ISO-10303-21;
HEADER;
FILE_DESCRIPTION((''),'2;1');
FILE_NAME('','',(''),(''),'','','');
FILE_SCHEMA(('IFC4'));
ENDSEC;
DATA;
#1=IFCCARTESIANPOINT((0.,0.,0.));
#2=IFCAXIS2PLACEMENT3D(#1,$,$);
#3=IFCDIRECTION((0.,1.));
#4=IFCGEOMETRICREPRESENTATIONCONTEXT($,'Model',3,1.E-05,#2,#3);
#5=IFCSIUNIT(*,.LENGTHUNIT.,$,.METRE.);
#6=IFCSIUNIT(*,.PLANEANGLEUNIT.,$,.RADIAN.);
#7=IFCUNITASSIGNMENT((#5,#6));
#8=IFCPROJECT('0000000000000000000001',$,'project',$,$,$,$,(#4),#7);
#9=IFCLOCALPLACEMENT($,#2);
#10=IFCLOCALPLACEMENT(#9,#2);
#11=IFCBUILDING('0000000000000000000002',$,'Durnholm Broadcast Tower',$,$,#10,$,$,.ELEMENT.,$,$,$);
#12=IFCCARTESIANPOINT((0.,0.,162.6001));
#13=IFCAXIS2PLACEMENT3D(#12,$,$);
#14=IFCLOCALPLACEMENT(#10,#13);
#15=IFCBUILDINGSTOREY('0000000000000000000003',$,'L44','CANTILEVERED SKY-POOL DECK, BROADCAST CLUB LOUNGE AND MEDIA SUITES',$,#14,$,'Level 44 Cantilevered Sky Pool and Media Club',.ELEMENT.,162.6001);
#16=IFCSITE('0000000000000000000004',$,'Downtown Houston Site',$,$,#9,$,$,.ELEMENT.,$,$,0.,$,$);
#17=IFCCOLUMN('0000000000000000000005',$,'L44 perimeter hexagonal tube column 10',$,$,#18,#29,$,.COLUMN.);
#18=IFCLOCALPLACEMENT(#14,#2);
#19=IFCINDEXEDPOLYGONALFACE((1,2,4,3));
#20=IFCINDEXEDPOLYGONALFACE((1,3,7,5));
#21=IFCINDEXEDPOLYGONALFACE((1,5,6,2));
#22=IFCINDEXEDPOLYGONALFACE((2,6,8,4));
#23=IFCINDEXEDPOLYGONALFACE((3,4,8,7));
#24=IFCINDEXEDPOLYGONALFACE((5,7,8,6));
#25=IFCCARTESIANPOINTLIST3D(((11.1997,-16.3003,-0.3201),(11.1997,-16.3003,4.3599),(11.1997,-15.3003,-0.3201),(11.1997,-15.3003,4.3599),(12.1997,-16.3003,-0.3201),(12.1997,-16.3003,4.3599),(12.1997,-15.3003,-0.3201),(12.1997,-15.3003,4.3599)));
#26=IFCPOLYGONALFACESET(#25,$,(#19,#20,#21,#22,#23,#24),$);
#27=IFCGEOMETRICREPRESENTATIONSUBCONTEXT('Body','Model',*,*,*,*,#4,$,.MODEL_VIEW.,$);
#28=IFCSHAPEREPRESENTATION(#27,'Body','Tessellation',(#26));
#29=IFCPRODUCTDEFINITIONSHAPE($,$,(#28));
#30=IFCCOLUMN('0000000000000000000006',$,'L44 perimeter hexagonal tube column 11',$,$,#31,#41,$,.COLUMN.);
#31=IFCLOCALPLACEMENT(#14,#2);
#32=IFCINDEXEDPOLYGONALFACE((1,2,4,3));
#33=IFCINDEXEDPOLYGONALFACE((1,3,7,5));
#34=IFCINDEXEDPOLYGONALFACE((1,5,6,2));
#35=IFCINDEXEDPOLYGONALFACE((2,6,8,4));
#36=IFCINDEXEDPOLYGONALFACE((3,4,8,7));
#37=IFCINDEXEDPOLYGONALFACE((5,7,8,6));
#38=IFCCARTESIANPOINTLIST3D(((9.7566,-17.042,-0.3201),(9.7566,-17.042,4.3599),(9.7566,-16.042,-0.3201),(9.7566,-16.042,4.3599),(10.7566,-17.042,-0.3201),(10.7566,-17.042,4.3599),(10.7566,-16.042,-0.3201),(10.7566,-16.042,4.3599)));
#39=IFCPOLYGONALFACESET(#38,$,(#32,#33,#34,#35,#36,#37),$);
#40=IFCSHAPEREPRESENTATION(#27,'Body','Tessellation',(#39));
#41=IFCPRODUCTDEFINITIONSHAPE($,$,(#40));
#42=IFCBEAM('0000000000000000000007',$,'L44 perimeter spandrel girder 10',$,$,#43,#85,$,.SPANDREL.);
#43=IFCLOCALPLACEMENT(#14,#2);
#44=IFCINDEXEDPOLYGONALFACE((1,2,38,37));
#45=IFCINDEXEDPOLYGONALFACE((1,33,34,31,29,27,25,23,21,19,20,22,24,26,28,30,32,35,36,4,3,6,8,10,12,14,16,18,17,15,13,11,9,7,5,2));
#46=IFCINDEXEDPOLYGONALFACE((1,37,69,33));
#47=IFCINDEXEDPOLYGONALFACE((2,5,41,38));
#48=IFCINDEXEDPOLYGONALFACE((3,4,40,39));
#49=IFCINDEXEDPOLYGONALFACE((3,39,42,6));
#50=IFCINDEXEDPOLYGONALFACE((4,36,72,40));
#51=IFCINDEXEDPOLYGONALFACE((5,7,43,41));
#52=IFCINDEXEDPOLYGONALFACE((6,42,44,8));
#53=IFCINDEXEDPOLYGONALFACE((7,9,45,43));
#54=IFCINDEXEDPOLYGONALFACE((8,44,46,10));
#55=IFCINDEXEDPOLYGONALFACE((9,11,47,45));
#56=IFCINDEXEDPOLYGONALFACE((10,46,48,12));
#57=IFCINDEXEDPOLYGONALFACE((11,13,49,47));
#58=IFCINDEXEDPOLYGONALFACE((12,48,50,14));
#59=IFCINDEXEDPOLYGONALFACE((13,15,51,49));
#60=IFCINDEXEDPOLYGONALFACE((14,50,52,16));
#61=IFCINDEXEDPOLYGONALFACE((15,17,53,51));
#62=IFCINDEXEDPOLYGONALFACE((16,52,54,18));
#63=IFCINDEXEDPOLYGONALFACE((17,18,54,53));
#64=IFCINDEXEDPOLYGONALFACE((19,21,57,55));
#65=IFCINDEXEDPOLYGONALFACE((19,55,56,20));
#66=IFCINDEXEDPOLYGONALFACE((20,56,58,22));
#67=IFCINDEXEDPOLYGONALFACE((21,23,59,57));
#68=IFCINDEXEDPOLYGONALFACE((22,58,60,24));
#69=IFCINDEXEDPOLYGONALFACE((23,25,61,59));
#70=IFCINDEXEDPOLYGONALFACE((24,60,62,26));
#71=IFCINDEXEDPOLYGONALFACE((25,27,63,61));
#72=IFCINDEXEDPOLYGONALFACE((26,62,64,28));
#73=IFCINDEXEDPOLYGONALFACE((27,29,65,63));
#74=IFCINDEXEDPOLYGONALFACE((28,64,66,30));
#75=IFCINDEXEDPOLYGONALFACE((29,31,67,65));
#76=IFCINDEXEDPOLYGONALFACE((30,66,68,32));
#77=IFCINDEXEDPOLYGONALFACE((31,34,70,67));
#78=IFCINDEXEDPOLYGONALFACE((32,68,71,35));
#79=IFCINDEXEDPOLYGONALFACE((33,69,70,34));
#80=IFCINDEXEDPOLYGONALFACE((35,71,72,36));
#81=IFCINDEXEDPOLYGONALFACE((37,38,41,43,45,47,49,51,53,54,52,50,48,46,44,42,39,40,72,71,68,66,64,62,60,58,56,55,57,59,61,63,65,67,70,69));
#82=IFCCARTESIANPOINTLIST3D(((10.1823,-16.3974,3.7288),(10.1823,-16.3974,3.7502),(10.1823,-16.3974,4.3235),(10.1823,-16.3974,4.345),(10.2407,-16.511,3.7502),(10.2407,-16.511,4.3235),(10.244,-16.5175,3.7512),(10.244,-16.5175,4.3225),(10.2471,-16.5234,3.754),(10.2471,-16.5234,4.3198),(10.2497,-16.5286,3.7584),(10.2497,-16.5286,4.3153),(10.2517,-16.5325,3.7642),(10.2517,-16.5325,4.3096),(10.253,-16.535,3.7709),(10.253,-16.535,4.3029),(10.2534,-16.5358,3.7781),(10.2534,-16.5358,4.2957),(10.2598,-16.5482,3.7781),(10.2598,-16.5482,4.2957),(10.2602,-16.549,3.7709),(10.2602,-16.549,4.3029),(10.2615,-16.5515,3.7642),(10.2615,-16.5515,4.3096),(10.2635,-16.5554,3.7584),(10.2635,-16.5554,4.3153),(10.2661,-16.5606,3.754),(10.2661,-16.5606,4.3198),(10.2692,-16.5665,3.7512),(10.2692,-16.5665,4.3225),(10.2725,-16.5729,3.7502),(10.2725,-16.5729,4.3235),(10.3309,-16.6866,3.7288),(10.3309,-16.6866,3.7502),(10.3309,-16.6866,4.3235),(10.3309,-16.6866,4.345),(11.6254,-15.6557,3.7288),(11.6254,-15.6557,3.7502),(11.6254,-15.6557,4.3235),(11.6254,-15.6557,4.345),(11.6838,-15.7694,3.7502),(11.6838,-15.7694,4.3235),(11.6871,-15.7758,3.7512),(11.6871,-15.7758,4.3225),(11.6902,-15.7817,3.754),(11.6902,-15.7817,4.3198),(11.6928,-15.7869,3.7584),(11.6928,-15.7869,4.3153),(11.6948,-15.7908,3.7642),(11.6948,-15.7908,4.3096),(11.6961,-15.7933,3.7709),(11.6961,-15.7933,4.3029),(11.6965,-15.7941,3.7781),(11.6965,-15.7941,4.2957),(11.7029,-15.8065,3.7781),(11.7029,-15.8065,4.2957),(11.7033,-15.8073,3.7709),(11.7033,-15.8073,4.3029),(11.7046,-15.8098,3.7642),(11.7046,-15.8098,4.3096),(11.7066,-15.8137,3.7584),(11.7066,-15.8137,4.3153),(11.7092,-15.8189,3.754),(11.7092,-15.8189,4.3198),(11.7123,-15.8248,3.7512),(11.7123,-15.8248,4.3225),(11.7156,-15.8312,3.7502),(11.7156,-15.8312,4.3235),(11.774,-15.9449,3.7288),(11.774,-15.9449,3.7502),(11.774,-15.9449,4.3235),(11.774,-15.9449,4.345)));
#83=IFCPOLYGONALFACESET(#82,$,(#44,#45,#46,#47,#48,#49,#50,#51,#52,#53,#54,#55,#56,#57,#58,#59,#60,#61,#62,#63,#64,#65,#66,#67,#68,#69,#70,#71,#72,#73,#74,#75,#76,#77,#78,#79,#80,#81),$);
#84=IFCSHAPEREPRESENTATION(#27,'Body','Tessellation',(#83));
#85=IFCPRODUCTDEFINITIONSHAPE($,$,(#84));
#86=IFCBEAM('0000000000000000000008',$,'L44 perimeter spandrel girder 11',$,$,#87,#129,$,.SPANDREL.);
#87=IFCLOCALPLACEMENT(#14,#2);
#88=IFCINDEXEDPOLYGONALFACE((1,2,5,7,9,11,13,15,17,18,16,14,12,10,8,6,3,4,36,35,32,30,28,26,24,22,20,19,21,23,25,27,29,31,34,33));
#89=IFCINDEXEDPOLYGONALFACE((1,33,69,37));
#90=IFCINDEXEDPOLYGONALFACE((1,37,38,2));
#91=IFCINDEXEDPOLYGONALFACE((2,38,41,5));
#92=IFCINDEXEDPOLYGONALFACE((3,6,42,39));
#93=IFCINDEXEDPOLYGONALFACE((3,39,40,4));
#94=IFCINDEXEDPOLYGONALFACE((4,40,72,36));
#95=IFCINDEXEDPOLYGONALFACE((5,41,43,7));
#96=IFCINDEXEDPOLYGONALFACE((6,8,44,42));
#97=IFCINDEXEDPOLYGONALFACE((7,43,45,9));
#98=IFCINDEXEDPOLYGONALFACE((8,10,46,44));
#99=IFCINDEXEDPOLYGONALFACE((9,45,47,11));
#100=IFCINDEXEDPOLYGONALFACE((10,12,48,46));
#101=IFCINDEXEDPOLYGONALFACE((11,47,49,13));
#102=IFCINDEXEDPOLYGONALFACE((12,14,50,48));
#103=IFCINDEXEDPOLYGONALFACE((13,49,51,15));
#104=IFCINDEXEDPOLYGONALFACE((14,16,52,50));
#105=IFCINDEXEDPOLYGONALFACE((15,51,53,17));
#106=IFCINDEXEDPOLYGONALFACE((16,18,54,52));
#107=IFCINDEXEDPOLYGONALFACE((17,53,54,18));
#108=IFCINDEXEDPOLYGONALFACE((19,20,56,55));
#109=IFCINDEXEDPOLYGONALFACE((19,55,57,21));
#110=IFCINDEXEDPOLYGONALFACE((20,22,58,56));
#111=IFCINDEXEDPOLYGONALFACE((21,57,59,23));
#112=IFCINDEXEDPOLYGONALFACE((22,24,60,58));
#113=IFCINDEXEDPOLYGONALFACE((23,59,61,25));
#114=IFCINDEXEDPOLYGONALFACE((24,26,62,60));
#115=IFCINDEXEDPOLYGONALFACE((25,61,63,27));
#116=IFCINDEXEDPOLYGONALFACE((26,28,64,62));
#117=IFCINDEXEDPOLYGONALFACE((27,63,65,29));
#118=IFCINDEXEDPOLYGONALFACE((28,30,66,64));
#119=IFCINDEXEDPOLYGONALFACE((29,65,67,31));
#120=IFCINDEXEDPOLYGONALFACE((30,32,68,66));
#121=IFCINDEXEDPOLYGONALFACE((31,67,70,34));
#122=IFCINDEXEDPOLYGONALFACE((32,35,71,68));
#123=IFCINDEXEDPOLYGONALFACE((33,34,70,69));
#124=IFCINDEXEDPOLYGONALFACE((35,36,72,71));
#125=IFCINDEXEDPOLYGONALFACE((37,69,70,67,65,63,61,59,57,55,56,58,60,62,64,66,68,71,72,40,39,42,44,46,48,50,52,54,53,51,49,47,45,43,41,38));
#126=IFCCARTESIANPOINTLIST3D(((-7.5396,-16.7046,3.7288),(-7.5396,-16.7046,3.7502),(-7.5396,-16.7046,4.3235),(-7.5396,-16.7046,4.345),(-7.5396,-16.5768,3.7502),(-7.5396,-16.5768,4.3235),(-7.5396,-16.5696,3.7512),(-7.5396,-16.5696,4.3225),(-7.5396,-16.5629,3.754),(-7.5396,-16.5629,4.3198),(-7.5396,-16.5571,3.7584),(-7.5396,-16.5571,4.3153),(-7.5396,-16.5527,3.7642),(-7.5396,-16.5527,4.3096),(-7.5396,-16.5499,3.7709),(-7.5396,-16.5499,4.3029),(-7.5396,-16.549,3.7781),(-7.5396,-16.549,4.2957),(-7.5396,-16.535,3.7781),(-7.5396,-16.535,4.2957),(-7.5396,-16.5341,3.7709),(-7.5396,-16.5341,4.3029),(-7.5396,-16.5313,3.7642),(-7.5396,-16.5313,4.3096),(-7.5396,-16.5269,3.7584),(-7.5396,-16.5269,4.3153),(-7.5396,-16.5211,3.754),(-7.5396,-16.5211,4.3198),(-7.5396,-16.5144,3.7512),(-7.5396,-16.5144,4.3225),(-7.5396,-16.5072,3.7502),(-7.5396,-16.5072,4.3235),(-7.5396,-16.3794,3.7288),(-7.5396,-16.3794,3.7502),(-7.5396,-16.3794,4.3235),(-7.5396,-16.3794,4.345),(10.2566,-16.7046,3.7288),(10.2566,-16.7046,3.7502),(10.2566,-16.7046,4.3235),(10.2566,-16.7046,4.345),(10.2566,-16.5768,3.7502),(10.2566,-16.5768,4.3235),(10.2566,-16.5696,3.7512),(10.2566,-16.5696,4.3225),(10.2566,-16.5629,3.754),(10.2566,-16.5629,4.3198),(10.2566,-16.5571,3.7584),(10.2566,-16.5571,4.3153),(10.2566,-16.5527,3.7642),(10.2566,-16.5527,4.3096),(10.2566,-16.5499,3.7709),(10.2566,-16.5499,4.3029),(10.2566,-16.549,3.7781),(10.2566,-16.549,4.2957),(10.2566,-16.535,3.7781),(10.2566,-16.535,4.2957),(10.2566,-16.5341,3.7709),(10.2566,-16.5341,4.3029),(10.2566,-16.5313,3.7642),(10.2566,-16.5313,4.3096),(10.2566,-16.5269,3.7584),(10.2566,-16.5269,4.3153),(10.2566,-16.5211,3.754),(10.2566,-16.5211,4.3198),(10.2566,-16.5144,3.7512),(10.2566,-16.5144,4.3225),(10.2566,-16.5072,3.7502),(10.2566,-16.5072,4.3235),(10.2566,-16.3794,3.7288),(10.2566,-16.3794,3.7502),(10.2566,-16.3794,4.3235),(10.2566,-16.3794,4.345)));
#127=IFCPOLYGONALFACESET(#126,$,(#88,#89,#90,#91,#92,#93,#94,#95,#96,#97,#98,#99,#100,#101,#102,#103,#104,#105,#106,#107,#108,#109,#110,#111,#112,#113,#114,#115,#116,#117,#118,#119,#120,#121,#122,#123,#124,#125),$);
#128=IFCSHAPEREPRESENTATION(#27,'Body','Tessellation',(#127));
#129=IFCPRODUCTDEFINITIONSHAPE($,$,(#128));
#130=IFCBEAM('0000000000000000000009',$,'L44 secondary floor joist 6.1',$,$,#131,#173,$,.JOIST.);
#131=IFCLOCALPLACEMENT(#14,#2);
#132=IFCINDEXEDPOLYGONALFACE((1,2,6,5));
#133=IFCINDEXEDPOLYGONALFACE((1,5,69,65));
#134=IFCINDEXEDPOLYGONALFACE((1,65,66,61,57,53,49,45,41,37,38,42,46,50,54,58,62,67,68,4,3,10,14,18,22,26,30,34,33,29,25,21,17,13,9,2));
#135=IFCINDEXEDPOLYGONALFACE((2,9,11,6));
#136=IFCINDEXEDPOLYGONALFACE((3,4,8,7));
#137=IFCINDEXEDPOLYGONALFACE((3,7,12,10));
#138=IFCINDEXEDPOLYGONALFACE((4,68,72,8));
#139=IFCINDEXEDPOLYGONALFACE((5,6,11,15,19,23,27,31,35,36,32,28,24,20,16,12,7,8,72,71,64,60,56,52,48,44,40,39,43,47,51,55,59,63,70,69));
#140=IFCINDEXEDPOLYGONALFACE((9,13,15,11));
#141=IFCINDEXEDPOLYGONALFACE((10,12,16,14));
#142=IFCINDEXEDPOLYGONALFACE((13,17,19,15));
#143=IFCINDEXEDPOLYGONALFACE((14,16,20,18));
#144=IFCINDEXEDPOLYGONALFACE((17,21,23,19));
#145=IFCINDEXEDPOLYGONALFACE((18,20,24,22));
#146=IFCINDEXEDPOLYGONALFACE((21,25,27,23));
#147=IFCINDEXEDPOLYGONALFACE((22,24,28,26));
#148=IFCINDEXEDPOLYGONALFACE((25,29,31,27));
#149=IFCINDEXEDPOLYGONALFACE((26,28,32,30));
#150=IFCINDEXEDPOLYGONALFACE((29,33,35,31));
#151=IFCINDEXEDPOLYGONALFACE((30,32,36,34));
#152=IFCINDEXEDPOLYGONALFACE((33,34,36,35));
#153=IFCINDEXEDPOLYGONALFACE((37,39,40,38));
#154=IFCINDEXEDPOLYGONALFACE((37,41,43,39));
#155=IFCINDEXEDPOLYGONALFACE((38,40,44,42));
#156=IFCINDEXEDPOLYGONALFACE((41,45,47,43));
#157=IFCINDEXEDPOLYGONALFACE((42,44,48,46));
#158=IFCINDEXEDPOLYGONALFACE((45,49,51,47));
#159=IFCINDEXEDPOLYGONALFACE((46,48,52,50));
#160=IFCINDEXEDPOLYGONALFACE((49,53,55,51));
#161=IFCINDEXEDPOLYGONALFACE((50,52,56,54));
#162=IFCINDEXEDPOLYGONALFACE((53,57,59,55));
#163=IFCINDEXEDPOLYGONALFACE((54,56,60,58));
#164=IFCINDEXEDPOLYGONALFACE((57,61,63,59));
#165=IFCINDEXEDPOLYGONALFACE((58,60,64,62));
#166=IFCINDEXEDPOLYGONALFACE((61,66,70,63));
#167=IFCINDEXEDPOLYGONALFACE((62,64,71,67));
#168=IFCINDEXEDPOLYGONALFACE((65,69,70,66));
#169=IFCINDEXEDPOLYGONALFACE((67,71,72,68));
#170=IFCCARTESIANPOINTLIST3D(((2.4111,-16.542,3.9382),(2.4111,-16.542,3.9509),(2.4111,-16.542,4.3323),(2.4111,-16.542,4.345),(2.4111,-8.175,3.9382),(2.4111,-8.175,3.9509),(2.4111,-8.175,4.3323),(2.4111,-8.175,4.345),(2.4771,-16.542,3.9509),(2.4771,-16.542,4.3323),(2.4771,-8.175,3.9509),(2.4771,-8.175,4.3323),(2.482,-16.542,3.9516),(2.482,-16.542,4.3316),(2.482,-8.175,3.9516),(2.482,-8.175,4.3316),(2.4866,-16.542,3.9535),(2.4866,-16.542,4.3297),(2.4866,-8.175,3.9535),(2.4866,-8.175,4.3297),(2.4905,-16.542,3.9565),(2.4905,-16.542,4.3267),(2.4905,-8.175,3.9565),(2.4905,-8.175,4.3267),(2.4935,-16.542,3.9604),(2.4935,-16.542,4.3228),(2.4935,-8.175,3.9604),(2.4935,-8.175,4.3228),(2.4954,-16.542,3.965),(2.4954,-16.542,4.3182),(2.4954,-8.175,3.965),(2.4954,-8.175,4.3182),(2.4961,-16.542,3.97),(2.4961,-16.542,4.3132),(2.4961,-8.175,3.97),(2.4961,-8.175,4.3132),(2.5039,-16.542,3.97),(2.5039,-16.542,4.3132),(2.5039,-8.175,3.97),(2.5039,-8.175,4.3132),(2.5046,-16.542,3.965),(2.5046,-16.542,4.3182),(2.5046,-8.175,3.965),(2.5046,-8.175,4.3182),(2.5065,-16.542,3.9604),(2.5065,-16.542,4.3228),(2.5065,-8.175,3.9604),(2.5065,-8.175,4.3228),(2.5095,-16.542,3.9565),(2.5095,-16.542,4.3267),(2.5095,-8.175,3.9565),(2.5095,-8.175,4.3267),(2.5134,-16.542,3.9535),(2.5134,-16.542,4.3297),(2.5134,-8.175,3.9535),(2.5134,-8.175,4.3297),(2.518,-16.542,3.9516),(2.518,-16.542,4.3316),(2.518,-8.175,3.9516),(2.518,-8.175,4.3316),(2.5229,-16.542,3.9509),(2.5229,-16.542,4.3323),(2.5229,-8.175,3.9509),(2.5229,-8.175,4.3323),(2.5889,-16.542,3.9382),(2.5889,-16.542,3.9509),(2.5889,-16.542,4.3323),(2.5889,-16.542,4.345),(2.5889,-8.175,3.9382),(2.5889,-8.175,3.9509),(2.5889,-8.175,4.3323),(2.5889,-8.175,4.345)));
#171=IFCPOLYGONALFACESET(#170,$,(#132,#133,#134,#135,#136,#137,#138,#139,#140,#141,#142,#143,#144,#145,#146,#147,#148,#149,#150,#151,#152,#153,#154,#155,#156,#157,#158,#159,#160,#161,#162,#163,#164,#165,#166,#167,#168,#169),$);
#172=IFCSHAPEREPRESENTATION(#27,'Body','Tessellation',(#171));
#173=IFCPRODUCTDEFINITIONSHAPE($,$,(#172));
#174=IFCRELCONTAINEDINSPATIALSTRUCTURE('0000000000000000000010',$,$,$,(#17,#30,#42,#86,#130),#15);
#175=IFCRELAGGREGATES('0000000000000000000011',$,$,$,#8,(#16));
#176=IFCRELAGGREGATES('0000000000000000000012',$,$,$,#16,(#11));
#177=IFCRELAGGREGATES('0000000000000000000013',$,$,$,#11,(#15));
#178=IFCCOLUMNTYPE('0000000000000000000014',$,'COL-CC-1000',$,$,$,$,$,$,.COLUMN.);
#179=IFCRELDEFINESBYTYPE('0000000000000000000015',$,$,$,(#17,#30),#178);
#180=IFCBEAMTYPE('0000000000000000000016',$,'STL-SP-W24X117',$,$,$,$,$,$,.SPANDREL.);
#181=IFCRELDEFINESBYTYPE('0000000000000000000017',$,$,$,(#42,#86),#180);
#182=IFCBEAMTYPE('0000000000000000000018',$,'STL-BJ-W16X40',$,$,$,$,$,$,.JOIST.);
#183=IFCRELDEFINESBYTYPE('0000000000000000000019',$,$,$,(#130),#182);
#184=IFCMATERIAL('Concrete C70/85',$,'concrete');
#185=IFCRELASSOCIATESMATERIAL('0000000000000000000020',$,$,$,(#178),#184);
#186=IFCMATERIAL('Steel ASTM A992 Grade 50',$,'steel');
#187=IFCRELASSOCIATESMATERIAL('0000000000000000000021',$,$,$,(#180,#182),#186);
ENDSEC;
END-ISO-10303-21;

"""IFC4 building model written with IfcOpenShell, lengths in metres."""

from ifc_helpers import new_model, si_unit, direction, frame, origin, origin_2d, place, context, subcontext, project, spatial, rectangle, i_section, extrude, source, transform, mapped, material, material_profile, profile_set, type_object, type_shapes, element, save


model = new_model("IFC4")

# Units and contexts
model_context = context("Model", 3, precision=1e-05, world=origin(), true_north=direction((0.0, 1.0)))
body_context = subcontext(model_context, "Body", "Model", "MODEL_VIEW")
ifc_project = project(units=[si_unit("LENGTHUNIT", "METRE"), si_unit("PLANEANGLEUNIT", "RADIAN")], contexts=[model_context])

# Site, building, storey
site_placement = place(None, origin())
site = spatial("IfcSite", under=ifc_project, at=site_placement, Name="Downtown Houston Site", CompositionType="ELEMENT", RefElevation=0.0)
building_placement = place(site_placement, origin())
building = spatial("IfcBuilding", under=site, at=building_placement, Name="Durnholm Broadcast Tower", CompositionType="ELEMENT")
storey_placement = place(building_placement, frame((0.0, 0.0, 162.6001)))
storey = spatial("IfcBuildingStorey", under=building, at=storey_placement, Name="L44", Description="CANTILEVERED SKY-POOL DECK, BROADCAST CLUB LOUNGE AND MEDIA SUITES", LongName="Level 44 Cantilevered Sky Pool and Media Club", CompositionType="ELEMENT", Elevation=162.6001)

# Columns
ifc_material_1 = material(Name="Concrete C70/85", Category="concrete")
ifc_material_profile_1 = material_profile(ifc_material_1, rectangle(XDim=1.0, YDim=1.0, at=origin_2d()), Name="RC1000X1000")
ifc_profile_set_1 = profile_set([ifc_material_profile_1], Name="Concrete C70/85")
column_type = type_object("IfcColumnType", Name="COL-CC-1000", PredefinedType="COLUMN", material=ifc_profile_set_1)
shared_shape_1 = source(origin(), body_context, "Body", "SweptSolid", [
    extrude(rectangle(XDim=1.0, YDim=1.0, at=origin_2d()), origin(), (0.0, 0.0, 1.0), 4.6799),
])
type_shapes(column_type, [shared_shape_1])
for number, where, z_axis, x_axis, name in (
    (1, (11.6997, -15.8003, -0.3201), (0.0, 0.0, 1.0), (1.0, 0.0, 0.0), "L44 perimeter hexagonal tube column 10"),
    (2, (10.2566, -16.542, -0.3201), (0.0, 0.0, 1.0), (1.0, 0.0, 0.0), "L44 perimeter hexagonal tube column 11"),
):
    element("IfcColumn", number, at=place(storey_placement, frame(where, z_axis=z_axis, x_axis=x_axis)), inside=storey, type_object=column_type, Name=name, PredefinedType="COLUMN", context=body_context, shape_type="MappedRepresentation", body=[
        mapped(shared_shape_1, transform((0.0, 0.0, 0.0), x_axis=(1.0, 0.0, 0.0), y_axis=(0.0, 1.0, 0.0), z_axis=(0.0, 0.0, 1.0), scale=1.0)),
    ])

# Beams
ifc_material_2 = material(Name="Steel ASTM A992 Grade 50", Category="steel")
ifc_material_profile_2 = material_profile(ifc_material_2, i_section(OverallWidth=0.3252, OverallDepth=0.6162, WebThickness=0.0139, FlangeThickness=0.0215, FilletRadius=0.0278, at=origin_2d()), Name="W24X117")
ifc_profile_set_2 = profile_set([ifc_material_profile_2], Name="Steel ASTM A992 Grade 50")
beam_type_1 = type_object("IfcBeamType", Name="STL-SP-W24X117", PredefinedType="SPANDREL", material=ifc_profile_set_2)
shared_shape_2 = source(origin(), body_context, "Body", "SweptSolid", [
    extrude(i_section(OverallWidth=0.3252, OverallDepth=0.6162, WebThickness=0.0139, FlangeThickness=0.0215, FilletRadius=0.0278, at=origin_2d()), origin(), (0.0, 0.0, 1.0), 1.6226),
])
beam_1_placement = place(storey_placement, frame((11.6997, -15.8003, 4.0369), z_axis=(-0.889407, -0.457117, 0.0), x_axis=(0.457117, -0.889407, 0.0)))
element("IfcBeam", 3, at=beam_1_placement, inside=storey, type_object=beam_type_1, Name="L44 perimeter spandrel girder 10", PredefinedType="SPANDREL", context=body_context, shape_type="MappedRepresentation", body=[
    mapped(shared_shape_2, transform((0.0, 0.0, 0.0), x_axis=(1.0, 0.0, 0.0), y_axis=(0.0, 1.0, 0.0), z_axis=(0.0, 0.0, 1.0), scale=1.0)),
])
shared_shape_3 = source(origin(), body_context, "Body", "SweptSolid", [
    extrude(i_section(OverallWidth=0.3252, OverallDepth=0.6162, WebThickness=0.0139, FlangeThickness=0.0215, FilletRadius=0.0278, at=origin_2d()), origin(), (0.0, 0.0, 1.0), 17.7961),
])
type_shapes(beam_type_1, [shared_shape_2, shared_shape_3])
beam_2_placement = place(storey_placement, frame((10.2566, -16.542, 4.0369), z_axis=(-1.0, 0.0, 0.0), x_axis=(0.0, -1.0, 0.0)))
element("IfcBeam", 4, at=beam_2_placement, inside=storey, type_object=beam_type_1, Name="L44 perimeter spandrel girder 11", PredefinedType="SPANDREL", context=body_context, shape_type="MappedRepresentation", body=[
    mapped(shared_shape_3, transform((0.0, 0.0, 0.0), x_axis=(1.0, 0.0, 0.0), y_axis=(0.0, 1.0, 0.0), z_axis=(0.0, 0.0, 1.0), scale=1.0)),
])
ifc_material_profile_3 = material_profile(ifc_material_2, i_section(OverallWidth=0.1777, OverallDepth=0.4067, WebThickness=0.0078, FlangeThickness=0.0127, FilletRadius=0.019, at=origin_2d()), Name="W16X40")
ifc_profile_set_3 = profile_set([ifc_material_profile_3], Name="Steel ASTM A992 Grade 50")
beam_type_2 = type_object("IfcBeamType", Name="STL-BJ-W16X40", PredefinedType="JOIST", material=ifc_profile_set_3)
shared_shape_4 = source(origin(), body_context, "Body", "SweptSolid", [
    extrude(i_section(OverallWidth=0.1777, OverallDepth=0.4067, WebThickness=0.0078, FlangeThickness=0.0127, FilletRadius=0.019, at=origin_2d()), origin(), (0.0, 0.0, 1.0), 8.3669),
])
type_shapes(beam_type_2, [shared_shape_4])
beam_3_placement = place(storey_placement, frame((2.5, -16.542, 4.1416), z_axis=(0.0, 1.0, 0.0), x_axis=(-1.0, 0.0, 0.0)))
element("IfcBeam", 5, at=beam_3_placement, inside=storey, type_object=beam_type_2, Name="L44 secondary floor joist 6.1", PredefinedType="JOIST", context=body_context, shape_type="MappedRepresentation", body=[
    mapped(shared_shape_4, transform((0.0, 0.0, 0.0), x_axis=(1.0, 0.0, 0.0), y_axis=(0.0, 1.0, 0.0), z_axis=(0.0, 0.0, 1.0), scale=1.0)),
])

save(model, "model.ifc")
